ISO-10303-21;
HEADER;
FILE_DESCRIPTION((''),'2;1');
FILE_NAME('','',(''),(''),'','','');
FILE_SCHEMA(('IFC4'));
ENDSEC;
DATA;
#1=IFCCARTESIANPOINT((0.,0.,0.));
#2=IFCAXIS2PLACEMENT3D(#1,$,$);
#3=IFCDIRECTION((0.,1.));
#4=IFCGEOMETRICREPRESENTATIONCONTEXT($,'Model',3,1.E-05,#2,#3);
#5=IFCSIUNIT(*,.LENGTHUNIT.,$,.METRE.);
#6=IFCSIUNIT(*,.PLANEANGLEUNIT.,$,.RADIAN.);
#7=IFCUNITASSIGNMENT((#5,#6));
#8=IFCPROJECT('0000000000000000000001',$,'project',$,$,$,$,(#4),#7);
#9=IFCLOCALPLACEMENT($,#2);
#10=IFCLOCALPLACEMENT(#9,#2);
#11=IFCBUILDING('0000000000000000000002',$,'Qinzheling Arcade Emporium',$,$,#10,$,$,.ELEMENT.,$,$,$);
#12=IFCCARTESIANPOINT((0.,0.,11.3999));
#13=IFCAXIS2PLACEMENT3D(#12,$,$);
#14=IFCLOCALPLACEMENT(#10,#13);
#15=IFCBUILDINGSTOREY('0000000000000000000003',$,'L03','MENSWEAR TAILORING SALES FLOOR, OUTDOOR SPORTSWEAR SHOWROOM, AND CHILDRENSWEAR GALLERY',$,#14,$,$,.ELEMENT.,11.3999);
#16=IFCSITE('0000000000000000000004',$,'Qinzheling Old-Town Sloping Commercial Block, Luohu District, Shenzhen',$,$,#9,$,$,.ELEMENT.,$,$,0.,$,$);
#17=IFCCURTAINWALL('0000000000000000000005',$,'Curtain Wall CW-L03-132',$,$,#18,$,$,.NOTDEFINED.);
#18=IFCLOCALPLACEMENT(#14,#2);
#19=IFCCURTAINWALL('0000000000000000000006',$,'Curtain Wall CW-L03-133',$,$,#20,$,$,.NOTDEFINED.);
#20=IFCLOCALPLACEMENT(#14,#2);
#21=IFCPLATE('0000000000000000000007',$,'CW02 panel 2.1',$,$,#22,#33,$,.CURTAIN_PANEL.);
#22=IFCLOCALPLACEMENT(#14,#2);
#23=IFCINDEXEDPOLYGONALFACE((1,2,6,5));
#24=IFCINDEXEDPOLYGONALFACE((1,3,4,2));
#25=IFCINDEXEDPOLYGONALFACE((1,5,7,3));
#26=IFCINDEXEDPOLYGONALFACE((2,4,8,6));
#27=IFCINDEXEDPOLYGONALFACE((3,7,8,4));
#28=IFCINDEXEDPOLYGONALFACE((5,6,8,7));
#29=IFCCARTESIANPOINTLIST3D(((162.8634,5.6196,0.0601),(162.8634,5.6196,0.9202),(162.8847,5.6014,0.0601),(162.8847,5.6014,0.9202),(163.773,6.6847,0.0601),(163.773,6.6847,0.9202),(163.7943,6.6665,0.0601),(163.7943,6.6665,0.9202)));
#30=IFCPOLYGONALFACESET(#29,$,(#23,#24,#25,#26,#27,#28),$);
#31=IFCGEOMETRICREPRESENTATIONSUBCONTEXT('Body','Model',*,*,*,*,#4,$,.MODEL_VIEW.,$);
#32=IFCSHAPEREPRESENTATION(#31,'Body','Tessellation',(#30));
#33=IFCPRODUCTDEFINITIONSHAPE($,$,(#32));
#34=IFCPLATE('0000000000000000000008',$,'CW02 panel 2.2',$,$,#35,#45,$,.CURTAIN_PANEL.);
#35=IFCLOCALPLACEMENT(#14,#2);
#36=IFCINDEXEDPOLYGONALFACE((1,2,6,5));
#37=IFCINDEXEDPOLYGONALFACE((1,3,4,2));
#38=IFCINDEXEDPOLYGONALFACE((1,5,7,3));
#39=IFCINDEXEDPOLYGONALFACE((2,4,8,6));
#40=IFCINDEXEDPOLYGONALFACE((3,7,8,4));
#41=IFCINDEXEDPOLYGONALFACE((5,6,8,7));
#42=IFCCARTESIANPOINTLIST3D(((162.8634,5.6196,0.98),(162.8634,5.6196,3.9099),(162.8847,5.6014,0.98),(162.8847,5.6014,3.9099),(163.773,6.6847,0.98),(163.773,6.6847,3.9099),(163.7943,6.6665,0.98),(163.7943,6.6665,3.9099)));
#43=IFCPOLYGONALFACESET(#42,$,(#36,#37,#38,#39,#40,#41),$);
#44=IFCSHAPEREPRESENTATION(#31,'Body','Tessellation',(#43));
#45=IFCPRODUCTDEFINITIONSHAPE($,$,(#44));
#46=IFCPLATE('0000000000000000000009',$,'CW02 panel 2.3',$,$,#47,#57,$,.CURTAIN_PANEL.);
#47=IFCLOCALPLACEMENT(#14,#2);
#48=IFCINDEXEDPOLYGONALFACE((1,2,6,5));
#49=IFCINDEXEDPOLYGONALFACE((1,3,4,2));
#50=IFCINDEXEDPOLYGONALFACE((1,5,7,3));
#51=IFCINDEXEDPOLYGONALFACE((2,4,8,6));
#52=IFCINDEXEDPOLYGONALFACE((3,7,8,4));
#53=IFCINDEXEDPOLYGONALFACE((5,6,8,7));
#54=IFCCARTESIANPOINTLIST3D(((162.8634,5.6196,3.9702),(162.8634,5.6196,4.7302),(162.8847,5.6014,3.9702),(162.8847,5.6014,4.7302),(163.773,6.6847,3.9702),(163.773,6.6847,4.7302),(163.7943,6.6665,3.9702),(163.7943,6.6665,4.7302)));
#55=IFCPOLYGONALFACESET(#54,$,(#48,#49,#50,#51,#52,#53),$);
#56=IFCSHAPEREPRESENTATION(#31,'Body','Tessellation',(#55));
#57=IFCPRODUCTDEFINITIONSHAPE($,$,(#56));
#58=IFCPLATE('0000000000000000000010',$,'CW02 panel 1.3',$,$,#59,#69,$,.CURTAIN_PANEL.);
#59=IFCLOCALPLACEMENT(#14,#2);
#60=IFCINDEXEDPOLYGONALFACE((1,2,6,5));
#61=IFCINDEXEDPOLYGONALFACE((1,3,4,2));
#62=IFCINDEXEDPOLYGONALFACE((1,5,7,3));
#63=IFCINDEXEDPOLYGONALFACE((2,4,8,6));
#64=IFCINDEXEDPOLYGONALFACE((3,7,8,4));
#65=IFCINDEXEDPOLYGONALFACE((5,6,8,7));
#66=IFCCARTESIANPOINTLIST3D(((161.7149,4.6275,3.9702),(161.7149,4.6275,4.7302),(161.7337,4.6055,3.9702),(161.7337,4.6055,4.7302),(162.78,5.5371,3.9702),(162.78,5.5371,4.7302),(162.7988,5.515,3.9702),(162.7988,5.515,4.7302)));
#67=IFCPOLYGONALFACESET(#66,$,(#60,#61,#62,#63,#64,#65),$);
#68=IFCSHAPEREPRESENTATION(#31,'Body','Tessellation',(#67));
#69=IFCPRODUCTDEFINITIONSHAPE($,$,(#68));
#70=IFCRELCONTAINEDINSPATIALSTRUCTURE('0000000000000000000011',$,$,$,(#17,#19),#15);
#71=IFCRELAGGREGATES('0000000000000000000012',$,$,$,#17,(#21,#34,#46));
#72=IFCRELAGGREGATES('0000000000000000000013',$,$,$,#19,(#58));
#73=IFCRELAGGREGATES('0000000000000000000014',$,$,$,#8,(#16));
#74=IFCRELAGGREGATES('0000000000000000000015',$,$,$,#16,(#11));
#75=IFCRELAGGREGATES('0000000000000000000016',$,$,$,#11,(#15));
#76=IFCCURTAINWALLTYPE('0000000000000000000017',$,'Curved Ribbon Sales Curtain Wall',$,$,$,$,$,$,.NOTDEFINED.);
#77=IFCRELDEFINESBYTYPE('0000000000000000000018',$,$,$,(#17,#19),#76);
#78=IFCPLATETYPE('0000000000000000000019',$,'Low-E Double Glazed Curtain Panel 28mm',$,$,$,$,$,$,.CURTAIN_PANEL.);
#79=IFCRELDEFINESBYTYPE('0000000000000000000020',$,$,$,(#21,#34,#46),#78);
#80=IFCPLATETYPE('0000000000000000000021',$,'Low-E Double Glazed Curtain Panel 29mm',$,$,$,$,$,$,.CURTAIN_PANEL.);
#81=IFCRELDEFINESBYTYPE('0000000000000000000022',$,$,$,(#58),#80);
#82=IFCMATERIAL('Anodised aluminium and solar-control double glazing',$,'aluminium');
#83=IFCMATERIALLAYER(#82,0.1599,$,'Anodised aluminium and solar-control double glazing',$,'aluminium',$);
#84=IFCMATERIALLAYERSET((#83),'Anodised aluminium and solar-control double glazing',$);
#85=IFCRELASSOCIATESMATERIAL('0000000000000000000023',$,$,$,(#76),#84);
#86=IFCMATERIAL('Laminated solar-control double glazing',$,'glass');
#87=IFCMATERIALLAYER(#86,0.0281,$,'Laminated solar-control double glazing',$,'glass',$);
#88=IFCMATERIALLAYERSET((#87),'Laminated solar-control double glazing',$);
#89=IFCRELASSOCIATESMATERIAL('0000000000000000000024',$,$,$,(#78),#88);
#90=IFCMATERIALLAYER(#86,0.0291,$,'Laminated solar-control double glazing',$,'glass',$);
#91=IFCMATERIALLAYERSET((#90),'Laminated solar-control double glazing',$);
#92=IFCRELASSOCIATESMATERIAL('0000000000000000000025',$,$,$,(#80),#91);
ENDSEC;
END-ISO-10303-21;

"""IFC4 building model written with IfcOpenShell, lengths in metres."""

from ifc_helpers import new_model, si_unit, direction, frame, origin, origin_2d, place, context, subcontext, project, spatial, rectangle, extrude, material, layer, layer_set, type_object, element, aggregate, save


model = new_model("IFC4")

# Units and contexts
model_context = context("Model", 3, precision=1e-05, world=origin(), true_north=direction((0.0, 1.0)))
body_context = subcontext(model_context, "Body", "Model", "MODEL_VIEW")
ifc_project = project(units=[si_unit("LENGTHUNIT", "METRE"), si_unit("PLANEANGLEUNIT", "RADIAN")], contexts=[model_context])

# Site, building, storey
site_placement = place(None, origin())
site = spatial("IfcSite", under=ifc_project, at=site_placement, Name="Qinzheling Old-Town Sloping Commercial Block, Luohu District, Shenzhen", CompositionType="ELEMENT", RefElevation=0.0)
building_placement = place(site_placement, origin())
building = spatial("IfcBuilding", under=site, at=building_placement, Name="Qinzheling Arcade Emporium", CompositionType="ELEMENT")
storey_placement = place(building_placement, frame((0.0, 0.0, 11.3999)))
storey = spatial("IfcBuildingStorey", under=building, at=storey_placement, Name="L03", Description="MENSWEAR TAILORING SALES FLOOR, OUTDOOR SPORTSWEAR SHOWROOM, AND CHILDRENSWEAR GALLERY", CompositionType="ELEMENT", Elevation=11.3999)

# Curtain wall
ifc_material_1 = material(Name="Anodised aluminium and solar-control double glazing", Category="aluminium")
ifc_layer_1 = layer(ifc_material_1, 0.1599, Name="Anodised aluminium and solar-control double glazing", Category="aluminium")
ifc_layer_set_1 = layer_set([ifc_layer_1], Name="Anodised aluminium and solar-control double glazing")
curtain_wall_type = type_object("IfcCurtainWallType", Name="Curved Ribbon Sales Curtain Wall", PredefinedType="NOTDEFINED", material=ifc_layer_set_1)
curtain_wall_1_placement = place(storey_placement, origin())
curtain_wall_1 = element("IfcCurtainWall", 1, at=curtain_wall_1_placement, inside=storey, type_object=curtain_wall_type, Name="Curtain Wall CW-L03-132", PredefinedType="NOTDEFINED")

# Curtain wall
curtain_wall_2_placement = place(storey_placement, origin())
curtain_wall_2 = element("IfcCurtainWall", 2, at=curtain_wall_2_placement, inside=storey, type_object=curtain_wall_type, Name="Curtain Wall CW-L03-133", PredefinedType="NOTDEFINED")

# Plates
ifc_material_2 = material(Name="Laminated solar-control double glazing", Category="glass")
ifc_layer_2 = layer(ifc_material_2, 0.0281, Name="Laminated solar-control double glazing", Category="glass")
ifc_layer_set_2 = layer_set([ifc_layer_2], Name="Laminated solar-control double glazing")
plate_type_1 = type_object("IfcPlateType", Name="Low-E Double Glazed Curtain Panel 28mm", PredefinedType="CURTAIN_PANEL", material=ifc_layer_set_2)
plate_1_placement = place(storey_placement, frame((163.3289, 6.1431, 0.0601), z_axis=(0.0, 0.0, 1.0), x_axis=(-0.649409, -0.760439, 0.0)))
plate_1 = element("IfcPlate", 3, at=plate_1_placement, type_object=plate_type_1, Name="CW02 panel 2.1", PredefinedType="CURTAIN_PANEL", context=body_context, shape_type="SweptSolid", body=[
    extrude(rectangle(XDim=1.4006, YDim=0.0281, at=origin_2d()), origin(), (0.0, 0.0, 1.0), 0.8601),
])
plate_2_placement = place(storey_placement, frame((163.3289, 6.1431, 0.98), z_axis=(0.0, 0.0, 1.0), x_axis=(-0.649409, -0.760439, 0.0)))
plate_2 = element("IfcPlate", 4, at=plate_2_placement, type_object=plate_type_1, Name="CW02 panel 2.2", PredefinedType="CURTAIN_PANEL", context=body_context, shape_type="SweptSolid", body=[
    extrude(rectangle(XDim=1.4006, YDim=0.0281, at=origin_2d()), origin(), (0.0, 0.0, 1.0), 2.9299),
])
plate_3_placement = place(storey_placement, frame((163.3289, 6.1431, 3.9702), z_axis=(0.0, 0.0, 1.0), x_axis=(-0.649409, -0.760439, 0.0)))
plate_3 = element("IfcPlate", 5, at=plate_3_placement, type_object=plate_type_1, Name="CW02 panel 2.3", PredefinedType="CURTAIN_PANEL", context=body_context, shape_type="SweptSolid", body=[
    extrude(rectangle(XDim=1.4006, YDim=0.0281, at=origin_2d()), origin(), (0.0, 0.0, 1.0), 0.76),
])
aggregate(curtain_wall_1, [plate_1, plate_2, plate_3])
ifc_layer_3 = layer(ifc_material_2, 0.0291, Name="Laminated solar-control double glazing", Category="glass")
ifc_layer_set_3 = layer_set([ifc_layer_3], Name="Laminated solar-control double glazing")
plate_type_2 = type_object("IfcPlateType", Name="Low-E Double Glazed Curtain Panel 29mm", PredefinedType="CURTAIN_PANEL", material=ifc_layer_set_3)
plate_4_placement = place(storey_placement, frame((162.2568, 5.0713, 3.9702), z_axis=(0.0, 0.0, 1.0), x_axis=(-0.760439, -0.649409, 0.0)))
plate_4 = element("IfcPlate", 6, at=plate_4_placement, type_object=plate_type_2, Name="CW02 panel 1.3", PredefinedType="CURTAIN_PANEL", context=body_context, shape_type="SweptSolid", body=[
    extrude(rectangle(XDim=1.4006, YDim=0.0291, at=origin_2d()), origin(), (0.0, 0.0, 1.0), 0.76),
])
aggregate(curtain_wall_2, [plate_4])

save(model, "model.ifc")
